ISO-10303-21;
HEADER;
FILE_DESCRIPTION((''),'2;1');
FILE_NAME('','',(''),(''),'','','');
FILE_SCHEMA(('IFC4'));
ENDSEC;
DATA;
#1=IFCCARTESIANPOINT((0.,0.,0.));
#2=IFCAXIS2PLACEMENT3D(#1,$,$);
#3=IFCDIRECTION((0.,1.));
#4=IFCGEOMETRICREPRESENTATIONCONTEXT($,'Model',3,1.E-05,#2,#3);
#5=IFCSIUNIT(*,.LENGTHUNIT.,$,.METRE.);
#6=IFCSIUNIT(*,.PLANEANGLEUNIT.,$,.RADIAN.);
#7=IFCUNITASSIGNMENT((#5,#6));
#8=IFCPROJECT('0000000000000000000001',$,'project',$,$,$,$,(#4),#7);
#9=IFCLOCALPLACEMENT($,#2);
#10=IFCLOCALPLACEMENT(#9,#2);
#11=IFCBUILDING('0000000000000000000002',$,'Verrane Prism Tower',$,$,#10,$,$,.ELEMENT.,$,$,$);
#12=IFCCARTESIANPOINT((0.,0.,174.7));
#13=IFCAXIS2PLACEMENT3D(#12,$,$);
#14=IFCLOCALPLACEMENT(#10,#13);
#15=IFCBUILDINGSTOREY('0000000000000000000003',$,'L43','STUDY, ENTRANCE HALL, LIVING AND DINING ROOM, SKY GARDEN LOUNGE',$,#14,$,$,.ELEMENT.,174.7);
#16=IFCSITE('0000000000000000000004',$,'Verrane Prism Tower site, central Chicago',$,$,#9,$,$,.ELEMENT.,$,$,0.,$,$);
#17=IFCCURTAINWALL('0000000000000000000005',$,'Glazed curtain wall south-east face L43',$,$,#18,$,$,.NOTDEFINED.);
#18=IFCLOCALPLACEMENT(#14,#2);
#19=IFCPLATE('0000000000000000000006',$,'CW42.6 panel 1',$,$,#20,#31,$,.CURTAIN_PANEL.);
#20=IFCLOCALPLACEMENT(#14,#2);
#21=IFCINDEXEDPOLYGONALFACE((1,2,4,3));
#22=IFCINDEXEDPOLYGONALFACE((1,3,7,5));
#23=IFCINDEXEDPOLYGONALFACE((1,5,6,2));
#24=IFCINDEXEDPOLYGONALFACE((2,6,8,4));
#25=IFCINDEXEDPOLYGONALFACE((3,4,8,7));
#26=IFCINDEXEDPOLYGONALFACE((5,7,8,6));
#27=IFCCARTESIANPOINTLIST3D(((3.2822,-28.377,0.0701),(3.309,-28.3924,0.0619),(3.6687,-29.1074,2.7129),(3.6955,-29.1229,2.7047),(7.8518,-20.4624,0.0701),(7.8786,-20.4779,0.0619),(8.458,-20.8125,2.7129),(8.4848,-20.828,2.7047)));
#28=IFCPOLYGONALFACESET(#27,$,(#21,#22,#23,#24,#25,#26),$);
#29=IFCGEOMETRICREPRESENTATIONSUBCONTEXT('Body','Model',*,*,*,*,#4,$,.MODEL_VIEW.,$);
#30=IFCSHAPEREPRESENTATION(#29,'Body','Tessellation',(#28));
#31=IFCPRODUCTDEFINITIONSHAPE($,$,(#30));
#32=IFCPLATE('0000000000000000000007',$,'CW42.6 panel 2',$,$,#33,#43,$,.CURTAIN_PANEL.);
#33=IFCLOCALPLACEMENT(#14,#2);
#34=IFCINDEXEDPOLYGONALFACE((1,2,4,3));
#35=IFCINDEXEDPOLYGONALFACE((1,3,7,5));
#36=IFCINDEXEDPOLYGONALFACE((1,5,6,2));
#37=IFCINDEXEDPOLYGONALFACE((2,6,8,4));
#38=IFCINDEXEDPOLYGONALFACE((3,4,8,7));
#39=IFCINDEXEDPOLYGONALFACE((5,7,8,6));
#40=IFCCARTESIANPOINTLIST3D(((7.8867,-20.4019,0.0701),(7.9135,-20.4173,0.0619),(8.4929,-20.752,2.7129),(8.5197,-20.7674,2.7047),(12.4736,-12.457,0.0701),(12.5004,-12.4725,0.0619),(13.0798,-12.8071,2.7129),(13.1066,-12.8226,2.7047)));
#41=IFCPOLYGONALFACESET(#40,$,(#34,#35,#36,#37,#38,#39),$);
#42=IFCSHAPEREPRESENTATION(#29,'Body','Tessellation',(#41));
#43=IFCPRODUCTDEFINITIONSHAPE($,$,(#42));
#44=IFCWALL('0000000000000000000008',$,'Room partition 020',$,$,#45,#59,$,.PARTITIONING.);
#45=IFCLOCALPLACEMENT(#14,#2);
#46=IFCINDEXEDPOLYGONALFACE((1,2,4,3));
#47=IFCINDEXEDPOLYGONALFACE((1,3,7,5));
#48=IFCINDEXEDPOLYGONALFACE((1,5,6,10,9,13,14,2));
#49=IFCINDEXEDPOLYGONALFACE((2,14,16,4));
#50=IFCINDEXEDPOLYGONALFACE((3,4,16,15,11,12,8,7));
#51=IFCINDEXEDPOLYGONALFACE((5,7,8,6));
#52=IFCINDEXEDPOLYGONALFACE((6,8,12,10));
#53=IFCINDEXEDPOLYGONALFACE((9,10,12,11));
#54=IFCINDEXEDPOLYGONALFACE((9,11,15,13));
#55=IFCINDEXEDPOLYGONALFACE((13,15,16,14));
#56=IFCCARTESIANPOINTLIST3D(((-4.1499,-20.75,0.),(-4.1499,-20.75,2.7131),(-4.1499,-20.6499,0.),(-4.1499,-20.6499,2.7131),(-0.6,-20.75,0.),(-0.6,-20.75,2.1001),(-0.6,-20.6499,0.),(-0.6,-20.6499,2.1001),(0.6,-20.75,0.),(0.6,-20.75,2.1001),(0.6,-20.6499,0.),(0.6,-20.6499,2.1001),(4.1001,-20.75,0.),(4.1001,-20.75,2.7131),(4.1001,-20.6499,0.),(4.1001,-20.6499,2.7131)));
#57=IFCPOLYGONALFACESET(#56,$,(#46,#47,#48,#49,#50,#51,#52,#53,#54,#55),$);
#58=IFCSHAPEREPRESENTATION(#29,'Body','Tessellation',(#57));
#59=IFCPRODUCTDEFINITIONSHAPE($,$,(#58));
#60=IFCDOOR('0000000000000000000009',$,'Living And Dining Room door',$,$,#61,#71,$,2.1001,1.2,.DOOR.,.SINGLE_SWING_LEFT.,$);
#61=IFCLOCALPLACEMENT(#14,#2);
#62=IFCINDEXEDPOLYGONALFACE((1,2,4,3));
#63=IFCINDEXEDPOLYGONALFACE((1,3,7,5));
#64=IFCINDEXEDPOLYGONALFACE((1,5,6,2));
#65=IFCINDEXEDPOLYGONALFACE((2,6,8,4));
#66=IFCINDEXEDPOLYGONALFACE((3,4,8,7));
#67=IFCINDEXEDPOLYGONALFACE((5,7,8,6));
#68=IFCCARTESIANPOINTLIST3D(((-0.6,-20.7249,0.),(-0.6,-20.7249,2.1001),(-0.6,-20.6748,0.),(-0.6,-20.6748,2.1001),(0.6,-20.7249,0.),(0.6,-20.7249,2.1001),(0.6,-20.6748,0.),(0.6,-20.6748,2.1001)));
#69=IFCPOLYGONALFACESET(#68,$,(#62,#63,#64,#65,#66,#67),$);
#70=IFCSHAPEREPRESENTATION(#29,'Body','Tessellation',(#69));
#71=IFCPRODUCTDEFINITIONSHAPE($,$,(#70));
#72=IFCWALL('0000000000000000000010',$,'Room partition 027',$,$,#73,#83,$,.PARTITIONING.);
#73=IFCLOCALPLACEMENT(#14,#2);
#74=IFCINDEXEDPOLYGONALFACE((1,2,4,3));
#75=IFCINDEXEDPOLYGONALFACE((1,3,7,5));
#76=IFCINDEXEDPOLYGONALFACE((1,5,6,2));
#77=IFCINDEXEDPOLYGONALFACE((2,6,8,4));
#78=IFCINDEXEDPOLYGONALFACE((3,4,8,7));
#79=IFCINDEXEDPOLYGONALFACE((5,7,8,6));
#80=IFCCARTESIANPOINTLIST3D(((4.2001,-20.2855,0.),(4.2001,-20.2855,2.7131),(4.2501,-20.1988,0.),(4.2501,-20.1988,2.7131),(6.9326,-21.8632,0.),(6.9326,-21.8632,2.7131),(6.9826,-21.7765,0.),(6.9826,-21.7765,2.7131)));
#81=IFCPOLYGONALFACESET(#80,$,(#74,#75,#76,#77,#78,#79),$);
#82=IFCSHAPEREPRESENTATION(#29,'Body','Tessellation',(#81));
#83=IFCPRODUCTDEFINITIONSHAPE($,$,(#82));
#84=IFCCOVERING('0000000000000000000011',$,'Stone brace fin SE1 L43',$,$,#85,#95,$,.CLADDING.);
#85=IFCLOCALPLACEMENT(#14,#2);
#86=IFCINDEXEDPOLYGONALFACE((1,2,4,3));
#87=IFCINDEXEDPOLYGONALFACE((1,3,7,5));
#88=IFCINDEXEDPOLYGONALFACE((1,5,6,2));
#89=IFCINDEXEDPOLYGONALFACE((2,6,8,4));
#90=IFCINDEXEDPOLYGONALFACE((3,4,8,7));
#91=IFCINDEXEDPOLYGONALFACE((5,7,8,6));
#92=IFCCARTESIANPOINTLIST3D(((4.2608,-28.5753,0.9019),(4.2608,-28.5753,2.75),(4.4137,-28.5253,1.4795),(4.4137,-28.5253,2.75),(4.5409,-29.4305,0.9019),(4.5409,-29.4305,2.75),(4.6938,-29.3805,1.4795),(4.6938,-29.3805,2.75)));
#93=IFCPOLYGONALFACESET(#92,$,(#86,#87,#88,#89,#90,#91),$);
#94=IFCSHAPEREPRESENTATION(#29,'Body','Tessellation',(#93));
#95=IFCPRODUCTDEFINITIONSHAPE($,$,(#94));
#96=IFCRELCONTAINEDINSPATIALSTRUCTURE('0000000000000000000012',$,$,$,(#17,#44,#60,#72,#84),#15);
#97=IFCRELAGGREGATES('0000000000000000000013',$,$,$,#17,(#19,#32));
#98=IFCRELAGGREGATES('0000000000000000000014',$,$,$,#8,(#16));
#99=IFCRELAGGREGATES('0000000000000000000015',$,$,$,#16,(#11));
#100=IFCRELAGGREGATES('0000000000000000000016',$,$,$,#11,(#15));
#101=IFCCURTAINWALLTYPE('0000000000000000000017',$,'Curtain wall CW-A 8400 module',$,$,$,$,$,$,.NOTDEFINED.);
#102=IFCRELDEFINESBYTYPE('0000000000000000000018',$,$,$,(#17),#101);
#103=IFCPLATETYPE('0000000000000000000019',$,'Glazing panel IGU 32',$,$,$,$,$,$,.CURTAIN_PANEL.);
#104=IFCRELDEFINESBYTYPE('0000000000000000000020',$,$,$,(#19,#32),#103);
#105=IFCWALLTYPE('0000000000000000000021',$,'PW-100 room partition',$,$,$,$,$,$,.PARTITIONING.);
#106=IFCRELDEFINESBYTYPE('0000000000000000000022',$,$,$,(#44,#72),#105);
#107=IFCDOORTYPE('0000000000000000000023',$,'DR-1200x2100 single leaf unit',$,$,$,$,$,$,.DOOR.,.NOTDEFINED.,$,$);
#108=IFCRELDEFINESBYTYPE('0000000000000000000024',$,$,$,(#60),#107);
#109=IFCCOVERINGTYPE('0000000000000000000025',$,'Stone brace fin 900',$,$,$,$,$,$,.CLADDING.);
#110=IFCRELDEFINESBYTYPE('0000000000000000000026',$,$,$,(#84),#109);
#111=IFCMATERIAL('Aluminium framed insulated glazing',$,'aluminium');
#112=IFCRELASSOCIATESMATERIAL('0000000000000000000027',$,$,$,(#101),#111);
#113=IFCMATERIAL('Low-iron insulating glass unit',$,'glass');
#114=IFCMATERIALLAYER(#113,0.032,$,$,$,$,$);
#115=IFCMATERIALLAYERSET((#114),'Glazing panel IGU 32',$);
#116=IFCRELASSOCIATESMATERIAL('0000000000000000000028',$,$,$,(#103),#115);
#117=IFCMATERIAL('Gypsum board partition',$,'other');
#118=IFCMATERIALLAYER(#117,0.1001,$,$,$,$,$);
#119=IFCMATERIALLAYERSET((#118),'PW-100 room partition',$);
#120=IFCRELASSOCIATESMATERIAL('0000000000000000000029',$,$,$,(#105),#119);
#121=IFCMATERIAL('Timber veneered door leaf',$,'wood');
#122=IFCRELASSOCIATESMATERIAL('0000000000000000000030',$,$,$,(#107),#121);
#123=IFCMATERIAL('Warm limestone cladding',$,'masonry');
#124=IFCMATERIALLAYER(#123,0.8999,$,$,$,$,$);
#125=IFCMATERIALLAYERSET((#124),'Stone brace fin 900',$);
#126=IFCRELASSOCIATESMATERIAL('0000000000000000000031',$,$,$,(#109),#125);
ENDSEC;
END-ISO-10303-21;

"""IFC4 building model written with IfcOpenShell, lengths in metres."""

from ifc_helpers import new_model, si_unit, direction, frame, frame_2d, origin, place, context, subcontext, project, spatial, polyline, rectangle, outline, extrude, material, layer, layer_set, type_object, element, fill, aggregate, save


model = new_model("IFC4")

# Units and contexts
model_context = context("Model", 3, precision=1e-05, world=origin(), true_north=direction((0.0, 1.0)))
body_context = subcontext(model_context, "Body", "Model", "MODEL_VIEW")
ifc_project = project(units=[si_unit("LENGTHUNIT", "METRE"), si_unit("PLANEANGLEUNIT", "RADIAN")], contexts=[model_context])

# Site, building, storey
site_placement = place(None, origin())
site = spatial("IfcSite", under=ifc_project, at=site_placement, Name="Verrane Prism Tower site, central Chicago", CompositionType="ELEMENT", RefElevation=0.0)
building_placement = place(site_placement, origin())
building = spatial("IfcBuilding", under=site, at=building_placement, Name="Verrane Prism Tower", CompositionType="ELEMENT")
storey_placement = place(building_placement, frame((0.0, 0.0, 174.7)))
storey = spatial("IfcBuildingStorey", under=building, at=storey_placement, Name="L43", Description="STUDY, ENTRANCE HALL, LIVING AND DINING ROOM, SKY GARDEN LOUNGE", CompositionType="ELEMENT", Elevation=174.7)

# Curtain wall
ifc_material_1 = material(Name="Aluminium framed insulated glazing", Category="aluminium")
curtain_wall_type = type_object("IfcCurtainWallType", Name="Curtain wall CW-A 8400 module", PredefinedType="NOTDEFINED", material=ifc_material_1)
curtain_wall_placement = place(storey_placement, origin())
curtain_wall = element("IfcCurtainWall", 1, at=curtain_wall_placement, inside=storey, type_object=curtain_wall_type, Name="Glazed curtain wall south-east face L43", PredefinedType="NOTDEFINED")

# Plates
ifc_material_2 = material(Name="Low-iron insulating glass unit", Category="glass")
ifc_layer_1 = layer(ifc_material_2, 0.032)
ifc_layer_set_1 = layer_set([ifc_layer_1], Name="Glazing panel IGU 32")
plate_type = type_object("IfcPlateType", Name="Glazing panel IGU 32", PredefinedType="CURTAIN_PANEL", material=ifc_layer_set_1)
plate_1_placement = place(storey_placement, frame((3.2822, -28.377, 0.0701), z_axis=(-0.837151, 0.483347, 0.256035), x_axis=(0.500013, 0.866018, -0.000001)))
plate_1 = element("IfcPlate", 2, at=plate_1_placement, type_object=plate_type, Name="CW42.6 panel 1", PredefinedType="CURTAIN_PANEL", context=body_context, shape_type="SweptSolid", body=[
    extrude(outline(polyline([(0.0, 0.0), (9.139, 0.0), (9.1389, -2.734), (-0.4394, -2.7339), (0.0, 0.0)])), origin(), (0.0, 0.0, -1.0), 0.032),
])
plate_2_placement = place(storey_placement, frame((7.8867, -20.4019, 0.0701), z_axis=(-0.837156, 0.483329, 0.256051), x_axis=(0.499997, 0.866027, 0.0)))
plate_2 = element("IfcPlate", 3, at=plate_2_placement, type_object=plate_type, Name="CW42.6 panel 2", PredefinedType="CURTAIN_PANEL", context=body_context, shape_type="SweptSolid", body=[
    extrude(outline(polyline([(0.0, 0.0), (9.1739, 0.0), (9.1738, -2.734), (-0.0001, -2.734), (0.0, 0.0)])), origin(), (0.0, 0.0, -1.0), 0.032),
])
aggregate(curtain_wall, [plate_1, plate_2])

# Wall, opening, door
ifc_material_3 = material(Name="Gypsum board partition", Category="other")
ifc_layer_2 = layer(ifc_material_3, 0.1001)
ifc_layer_set_2 = layer_set([ifc_layer_2], Name="PW-100 room partition")
wall_type = type_object("IfcWallType", Name="PW-100 room partition", PredefinedType="PARTITIONING", material=ifc_layer_set_2)
wall_1_placement = place(storey_placement, frame((4.1001, -20.7, 0.0), z_axis=(0.0, 0.0, 1.0), x_axis=(-1.0, 0.0, 0.0)))
wall_1 = element("IfcWall", 4, at=wall_1_placement, inside=storey, type_object=wall_type, Name="Room partition 020", PredefinedType="PARTITIONING", context=body_context, shape_type="SweptSolid", body=[
    extrude(rectangle(XDim=8.25, YDim=0.1001, at=frame_2d((4.125, 0.0))), origin(), (0.0, 0.0, 1.0), 2.7131),
])
opening_placement = place(wall_1_placement, frame((3.5, 0.0, 0.0)))
opening = element("IfcOpeningElement", 5, at=opening_placement, cuts=wall_1, PredefinedType="OPENING", context=body_context, shape_type="SweptSolid", body=[
    extrude(rectangle(XDim=1.2, YDim=2.1001, at=frame_2d((0.6001, 1.05))), frame((0.0, 0.0601, 0.0), z_axis=(0.0, -1.0, 0.0), x_axis=(1.0, 0.0, 0.0)), (0.0, 0.0, 1.0), 0.1201),
])
ifc_material_4 = material(Name="Timber veneered door leaf", Category="wood")
door_type = type_object("IfcDoorType", Name="DR-1200x2100 single leaf unit", OperationType="NOTDEFINED", PredefinedType="DOOR", material=ifc_material_4)
door_placement = place(opening_placement, origin())
door = element("IfcDoor", 6, at=door_placement, inside=storey, type_object=door_type, Name="Living And Dining Room door", OperationType="SINGLE_SWING_LEFT", OverallHeight=2.1001, OverallWidth=1.2, PredefinedType="DOOR", context=body_context, shape_type="SweptSolid", body=[
    extrude(rectangle(XDim=1.2, YDim=2.1001, at=frame_2d((0.6001, 1.05))), frame((0.0, 0.0249, 0.0), z_axis=(0.0, -1.0, 0.0), x_axis=(1.0, 0.0, 0.0)), (0.0, 0.0, 1.0), 0.05),
])
fill(opening, door)

# Wall
wall_2_placement = place(storey_placement, frame((4.2251, -20.2422, 0.0), z_axis=(0.0, 0.0, 1.0), x_axis=(0.866015, -0.500017, 0.0)))
element("IfcWall", 7, at=wall_2_placement, inside=storey, type_object=wall_type, Name="Room partition 027", PredefinedType="PARTITIONING", context=body_context, shape_type="SweptSolid", body=[
    extrude(rectangle(XDim=3.1553, YDim=0.1001, at=frame_2d((1.5776, 0.0))), origin(), (0.0, 0.0, 1.0), 2.7131),
])

# Covering
ifc_material_5 = material(Name="Warm limestone cladding", Category="masonry")
ifc_layer_3 = layer(ifc_material_5, 0.8999)
ifc_layer_set_3 = layer_set([ifc_layer_3], Name="Stone brace fin 900")
covering_type = type_object("IfcCoveringType", Name="Stone brace fin 900", PredefinedType="CLADDING", material=ifc_layer_set_3)
covering_placement = place(storey_placement, frame((4.4009, -29.0029, 0.9019), z_axis=(0.0, 0.0, 1.0), x_axis=(0.95034, 0.311214, 0.0)))
element("IfcCovering", 8, at=covering_placement, inside=storey, type_object=covering_type, Name="Stone brace fin SE1 L43", PredefinedType="CLADDING", context=body_context, shape_type="SweptSolid", body=[
    extrude(outline(polyline([(0.1609, 1.8481), (0.0, 1.8481), (0.0, 0.0), (0.1609, 0.5776), (0.1609, 1.8481)])), frame((0.0, 0.45, 0.0), z_axis=(0.0, -1.0, 0.0), x_axis=(1.0, 0.0, 0.0)), (0.0, 0.0, 1.0), 0.8999),
])

save(model, "model.ifc")
